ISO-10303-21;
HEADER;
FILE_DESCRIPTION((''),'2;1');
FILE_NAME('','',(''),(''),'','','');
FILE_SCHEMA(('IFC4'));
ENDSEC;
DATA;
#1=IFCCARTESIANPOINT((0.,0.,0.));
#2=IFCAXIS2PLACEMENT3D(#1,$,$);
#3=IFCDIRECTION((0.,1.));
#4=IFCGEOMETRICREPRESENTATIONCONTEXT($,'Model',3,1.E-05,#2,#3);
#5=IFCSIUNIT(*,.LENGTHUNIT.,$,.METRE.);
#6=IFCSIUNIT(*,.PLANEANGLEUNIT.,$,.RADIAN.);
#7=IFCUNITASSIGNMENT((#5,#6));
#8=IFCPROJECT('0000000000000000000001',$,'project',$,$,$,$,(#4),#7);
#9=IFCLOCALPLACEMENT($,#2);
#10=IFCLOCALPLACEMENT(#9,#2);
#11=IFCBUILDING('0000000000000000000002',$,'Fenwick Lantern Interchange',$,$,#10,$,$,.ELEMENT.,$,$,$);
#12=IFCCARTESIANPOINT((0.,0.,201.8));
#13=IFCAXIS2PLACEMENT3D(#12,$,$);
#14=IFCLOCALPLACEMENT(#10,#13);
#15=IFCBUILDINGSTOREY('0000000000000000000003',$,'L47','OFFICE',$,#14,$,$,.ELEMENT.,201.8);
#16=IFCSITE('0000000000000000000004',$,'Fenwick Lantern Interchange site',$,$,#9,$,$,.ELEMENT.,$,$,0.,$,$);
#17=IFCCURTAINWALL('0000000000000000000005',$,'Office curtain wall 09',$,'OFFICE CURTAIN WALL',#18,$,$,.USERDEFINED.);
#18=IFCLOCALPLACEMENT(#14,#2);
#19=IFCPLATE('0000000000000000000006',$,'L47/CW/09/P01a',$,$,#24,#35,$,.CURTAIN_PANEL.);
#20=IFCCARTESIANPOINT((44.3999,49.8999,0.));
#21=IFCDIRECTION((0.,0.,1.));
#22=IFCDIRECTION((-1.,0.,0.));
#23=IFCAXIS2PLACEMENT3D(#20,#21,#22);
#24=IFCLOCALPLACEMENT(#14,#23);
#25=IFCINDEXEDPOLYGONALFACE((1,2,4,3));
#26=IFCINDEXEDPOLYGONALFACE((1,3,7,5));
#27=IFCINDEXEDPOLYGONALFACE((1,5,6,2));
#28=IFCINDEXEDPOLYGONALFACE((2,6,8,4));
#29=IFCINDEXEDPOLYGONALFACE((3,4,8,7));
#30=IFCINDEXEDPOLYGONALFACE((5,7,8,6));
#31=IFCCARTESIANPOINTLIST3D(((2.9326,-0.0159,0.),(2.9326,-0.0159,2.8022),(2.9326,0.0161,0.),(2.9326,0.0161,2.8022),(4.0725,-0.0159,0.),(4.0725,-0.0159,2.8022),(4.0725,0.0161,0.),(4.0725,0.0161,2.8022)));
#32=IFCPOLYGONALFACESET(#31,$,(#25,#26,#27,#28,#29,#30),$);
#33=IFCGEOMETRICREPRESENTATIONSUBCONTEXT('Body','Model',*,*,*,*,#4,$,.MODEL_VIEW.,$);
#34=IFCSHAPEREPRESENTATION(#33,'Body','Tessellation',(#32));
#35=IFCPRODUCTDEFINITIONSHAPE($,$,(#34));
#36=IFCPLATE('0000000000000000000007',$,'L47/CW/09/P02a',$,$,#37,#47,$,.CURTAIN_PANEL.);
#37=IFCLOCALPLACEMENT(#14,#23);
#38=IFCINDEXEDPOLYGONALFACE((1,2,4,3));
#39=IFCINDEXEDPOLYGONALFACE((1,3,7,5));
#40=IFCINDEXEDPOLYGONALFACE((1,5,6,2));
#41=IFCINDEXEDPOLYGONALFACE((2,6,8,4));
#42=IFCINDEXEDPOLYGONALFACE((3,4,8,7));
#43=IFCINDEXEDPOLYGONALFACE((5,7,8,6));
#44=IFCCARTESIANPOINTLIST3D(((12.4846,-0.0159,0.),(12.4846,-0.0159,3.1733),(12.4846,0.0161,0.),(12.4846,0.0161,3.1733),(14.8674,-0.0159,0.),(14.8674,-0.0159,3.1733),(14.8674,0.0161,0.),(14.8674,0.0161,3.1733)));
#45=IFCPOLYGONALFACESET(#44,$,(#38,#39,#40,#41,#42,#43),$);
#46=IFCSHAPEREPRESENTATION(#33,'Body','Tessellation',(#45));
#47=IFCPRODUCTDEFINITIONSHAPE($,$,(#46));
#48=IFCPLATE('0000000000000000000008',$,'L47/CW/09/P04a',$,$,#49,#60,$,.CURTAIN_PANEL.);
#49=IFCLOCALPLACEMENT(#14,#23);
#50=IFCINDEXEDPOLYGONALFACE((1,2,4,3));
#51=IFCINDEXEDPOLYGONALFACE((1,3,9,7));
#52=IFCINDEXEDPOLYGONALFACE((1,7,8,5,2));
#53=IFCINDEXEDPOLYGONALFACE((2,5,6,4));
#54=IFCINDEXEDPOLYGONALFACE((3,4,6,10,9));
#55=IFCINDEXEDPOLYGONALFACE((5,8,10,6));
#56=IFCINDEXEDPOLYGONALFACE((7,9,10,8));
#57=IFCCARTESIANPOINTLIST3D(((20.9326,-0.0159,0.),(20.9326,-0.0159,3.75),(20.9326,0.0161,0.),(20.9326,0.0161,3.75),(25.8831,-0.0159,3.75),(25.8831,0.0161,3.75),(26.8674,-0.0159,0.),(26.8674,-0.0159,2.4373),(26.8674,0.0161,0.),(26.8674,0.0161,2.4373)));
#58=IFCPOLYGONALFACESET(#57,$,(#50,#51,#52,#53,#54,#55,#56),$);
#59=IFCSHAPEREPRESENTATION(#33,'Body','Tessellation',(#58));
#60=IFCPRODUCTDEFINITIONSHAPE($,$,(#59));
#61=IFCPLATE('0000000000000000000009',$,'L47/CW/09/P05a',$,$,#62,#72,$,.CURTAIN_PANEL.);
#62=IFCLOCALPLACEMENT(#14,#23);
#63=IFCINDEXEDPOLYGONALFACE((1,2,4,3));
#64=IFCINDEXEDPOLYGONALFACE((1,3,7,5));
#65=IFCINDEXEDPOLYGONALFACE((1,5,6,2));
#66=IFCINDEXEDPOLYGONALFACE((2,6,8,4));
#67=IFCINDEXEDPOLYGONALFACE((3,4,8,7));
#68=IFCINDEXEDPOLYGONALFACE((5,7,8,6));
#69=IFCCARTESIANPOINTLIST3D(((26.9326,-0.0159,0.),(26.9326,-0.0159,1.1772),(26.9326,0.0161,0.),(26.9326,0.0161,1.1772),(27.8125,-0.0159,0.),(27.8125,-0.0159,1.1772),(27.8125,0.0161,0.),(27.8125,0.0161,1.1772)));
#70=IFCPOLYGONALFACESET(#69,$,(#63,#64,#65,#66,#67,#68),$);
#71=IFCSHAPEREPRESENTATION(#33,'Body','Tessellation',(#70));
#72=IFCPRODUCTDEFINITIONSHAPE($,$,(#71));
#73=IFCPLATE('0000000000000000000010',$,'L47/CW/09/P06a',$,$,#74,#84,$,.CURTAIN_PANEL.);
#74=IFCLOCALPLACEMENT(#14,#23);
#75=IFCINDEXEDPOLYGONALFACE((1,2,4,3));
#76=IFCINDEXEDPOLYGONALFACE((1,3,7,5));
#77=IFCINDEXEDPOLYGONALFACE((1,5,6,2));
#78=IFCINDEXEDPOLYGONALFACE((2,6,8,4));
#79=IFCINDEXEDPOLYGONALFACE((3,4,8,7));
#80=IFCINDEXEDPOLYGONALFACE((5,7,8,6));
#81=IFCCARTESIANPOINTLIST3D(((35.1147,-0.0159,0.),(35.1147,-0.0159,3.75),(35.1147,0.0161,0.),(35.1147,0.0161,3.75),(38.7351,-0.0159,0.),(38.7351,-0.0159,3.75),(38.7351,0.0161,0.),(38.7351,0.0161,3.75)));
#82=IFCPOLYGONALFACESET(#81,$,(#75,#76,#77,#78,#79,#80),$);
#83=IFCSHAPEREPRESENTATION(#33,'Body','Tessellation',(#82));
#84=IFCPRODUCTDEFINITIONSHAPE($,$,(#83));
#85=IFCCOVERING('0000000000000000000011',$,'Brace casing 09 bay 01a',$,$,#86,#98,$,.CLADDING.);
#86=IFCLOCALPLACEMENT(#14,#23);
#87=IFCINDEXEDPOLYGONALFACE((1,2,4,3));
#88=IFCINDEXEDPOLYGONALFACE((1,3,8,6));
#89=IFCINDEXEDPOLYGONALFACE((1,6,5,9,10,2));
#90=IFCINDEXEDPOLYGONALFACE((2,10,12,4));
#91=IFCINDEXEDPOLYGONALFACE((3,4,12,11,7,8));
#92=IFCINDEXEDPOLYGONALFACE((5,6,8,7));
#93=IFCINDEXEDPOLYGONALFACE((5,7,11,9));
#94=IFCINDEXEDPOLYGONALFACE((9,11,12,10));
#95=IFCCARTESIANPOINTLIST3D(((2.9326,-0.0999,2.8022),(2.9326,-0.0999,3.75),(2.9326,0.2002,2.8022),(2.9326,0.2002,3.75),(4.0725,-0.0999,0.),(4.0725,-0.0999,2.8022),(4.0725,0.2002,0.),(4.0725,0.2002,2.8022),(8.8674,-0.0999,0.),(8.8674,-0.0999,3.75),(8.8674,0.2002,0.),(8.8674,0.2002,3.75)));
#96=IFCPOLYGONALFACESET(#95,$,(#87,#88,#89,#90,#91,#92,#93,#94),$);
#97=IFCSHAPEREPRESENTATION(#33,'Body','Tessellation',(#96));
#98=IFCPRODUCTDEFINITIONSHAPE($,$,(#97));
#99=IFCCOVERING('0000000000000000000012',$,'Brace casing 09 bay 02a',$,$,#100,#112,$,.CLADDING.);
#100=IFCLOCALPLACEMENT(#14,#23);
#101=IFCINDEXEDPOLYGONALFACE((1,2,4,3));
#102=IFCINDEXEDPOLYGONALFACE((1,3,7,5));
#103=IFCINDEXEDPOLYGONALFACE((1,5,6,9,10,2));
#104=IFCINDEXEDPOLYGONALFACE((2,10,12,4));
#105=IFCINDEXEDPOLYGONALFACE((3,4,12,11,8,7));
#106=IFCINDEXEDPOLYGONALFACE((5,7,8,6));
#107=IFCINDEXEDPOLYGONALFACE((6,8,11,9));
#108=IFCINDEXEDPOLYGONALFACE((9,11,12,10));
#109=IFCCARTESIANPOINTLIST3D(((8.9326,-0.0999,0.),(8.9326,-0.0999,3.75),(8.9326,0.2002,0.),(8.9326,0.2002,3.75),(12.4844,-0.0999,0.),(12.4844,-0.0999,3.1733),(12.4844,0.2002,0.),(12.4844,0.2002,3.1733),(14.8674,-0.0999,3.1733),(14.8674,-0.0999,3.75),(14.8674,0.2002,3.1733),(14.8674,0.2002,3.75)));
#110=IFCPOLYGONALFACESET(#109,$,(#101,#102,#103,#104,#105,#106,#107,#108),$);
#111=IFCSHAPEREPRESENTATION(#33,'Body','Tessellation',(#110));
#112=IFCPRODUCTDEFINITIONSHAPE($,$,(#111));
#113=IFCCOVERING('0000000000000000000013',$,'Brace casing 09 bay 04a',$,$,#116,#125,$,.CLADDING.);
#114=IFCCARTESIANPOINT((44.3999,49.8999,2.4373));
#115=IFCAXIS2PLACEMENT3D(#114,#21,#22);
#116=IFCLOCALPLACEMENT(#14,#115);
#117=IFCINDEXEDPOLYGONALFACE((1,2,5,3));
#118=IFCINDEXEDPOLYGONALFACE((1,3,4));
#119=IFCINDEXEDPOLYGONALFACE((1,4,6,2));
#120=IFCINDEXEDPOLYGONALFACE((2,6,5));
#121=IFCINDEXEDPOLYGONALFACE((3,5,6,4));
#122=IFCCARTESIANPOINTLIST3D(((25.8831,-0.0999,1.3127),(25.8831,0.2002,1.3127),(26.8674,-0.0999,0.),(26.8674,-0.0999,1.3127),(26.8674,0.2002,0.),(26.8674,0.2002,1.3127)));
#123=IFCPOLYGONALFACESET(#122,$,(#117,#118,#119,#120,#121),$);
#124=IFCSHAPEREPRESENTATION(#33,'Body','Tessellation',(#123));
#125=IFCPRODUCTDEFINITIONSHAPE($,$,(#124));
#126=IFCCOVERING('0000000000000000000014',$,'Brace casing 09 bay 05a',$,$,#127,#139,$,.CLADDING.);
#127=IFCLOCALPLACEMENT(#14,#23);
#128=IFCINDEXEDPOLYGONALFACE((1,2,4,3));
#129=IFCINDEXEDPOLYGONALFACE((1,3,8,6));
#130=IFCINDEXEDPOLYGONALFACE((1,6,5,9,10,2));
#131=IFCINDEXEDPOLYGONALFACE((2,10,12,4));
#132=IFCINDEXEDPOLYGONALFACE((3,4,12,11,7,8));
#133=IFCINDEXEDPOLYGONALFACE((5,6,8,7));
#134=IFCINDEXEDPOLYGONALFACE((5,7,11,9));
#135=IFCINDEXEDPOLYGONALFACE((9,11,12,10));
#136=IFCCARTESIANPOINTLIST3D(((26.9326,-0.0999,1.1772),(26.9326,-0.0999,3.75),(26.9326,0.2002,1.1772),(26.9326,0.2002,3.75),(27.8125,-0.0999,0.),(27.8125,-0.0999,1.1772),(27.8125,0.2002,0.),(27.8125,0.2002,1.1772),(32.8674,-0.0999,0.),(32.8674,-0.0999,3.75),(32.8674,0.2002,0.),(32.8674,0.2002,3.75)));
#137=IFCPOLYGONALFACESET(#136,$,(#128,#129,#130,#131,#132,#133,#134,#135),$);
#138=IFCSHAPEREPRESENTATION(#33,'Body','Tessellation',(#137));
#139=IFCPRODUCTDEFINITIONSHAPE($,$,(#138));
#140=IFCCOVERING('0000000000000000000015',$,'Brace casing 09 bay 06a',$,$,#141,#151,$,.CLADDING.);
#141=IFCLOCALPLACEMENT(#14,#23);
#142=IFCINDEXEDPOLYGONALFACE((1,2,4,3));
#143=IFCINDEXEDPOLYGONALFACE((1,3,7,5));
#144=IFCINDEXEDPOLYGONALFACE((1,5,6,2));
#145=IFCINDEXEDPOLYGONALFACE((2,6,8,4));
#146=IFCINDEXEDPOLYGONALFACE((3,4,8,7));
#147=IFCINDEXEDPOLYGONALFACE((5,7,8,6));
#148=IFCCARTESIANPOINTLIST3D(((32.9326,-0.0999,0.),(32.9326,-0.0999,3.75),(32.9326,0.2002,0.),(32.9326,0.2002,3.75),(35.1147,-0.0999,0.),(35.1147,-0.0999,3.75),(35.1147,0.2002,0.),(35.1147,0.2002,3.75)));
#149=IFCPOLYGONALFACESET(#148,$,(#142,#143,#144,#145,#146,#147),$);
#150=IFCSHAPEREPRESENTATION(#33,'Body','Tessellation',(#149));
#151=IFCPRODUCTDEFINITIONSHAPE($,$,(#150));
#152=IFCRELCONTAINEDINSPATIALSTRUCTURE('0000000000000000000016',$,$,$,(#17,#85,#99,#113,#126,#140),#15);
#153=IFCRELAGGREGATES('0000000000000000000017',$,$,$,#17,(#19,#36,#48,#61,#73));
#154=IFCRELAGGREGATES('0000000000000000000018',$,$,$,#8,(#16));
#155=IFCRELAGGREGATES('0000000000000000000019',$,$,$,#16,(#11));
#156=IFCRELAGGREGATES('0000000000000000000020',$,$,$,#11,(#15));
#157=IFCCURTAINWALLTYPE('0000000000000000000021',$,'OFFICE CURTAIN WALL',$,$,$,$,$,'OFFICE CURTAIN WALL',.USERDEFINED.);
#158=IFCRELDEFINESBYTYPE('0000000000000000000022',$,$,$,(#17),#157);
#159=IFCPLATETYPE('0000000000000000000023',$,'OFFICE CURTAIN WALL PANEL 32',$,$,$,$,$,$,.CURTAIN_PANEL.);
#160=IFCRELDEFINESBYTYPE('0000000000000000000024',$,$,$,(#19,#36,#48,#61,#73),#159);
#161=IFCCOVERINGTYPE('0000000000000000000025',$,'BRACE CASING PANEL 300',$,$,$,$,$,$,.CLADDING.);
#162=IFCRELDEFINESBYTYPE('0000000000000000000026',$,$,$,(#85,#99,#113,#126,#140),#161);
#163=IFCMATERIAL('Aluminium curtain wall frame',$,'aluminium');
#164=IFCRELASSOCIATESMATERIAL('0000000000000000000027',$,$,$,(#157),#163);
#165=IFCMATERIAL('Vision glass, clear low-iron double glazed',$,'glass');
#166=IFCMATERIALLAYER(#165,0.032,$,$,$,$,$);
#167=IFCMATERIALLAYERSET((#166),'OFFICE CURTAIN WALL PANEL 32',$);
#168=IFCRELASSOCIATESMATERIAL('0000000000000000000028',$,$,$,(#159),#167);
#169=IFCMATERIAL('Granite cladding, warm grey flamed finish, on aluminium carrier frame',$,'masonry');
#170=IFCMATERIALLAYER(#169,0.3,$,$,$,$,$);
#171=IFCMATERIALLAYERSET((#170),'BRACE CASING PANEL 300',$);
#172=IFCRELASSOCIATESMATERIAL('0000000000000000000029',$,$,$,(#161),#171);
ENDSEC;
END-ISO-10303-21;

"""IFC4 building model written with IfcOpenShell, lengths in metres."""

from ifc_helpers import new_model, si_unit, direction, frame, origin, place, context, subcontext, project, spatial, polyline, outline, extrude, material, layer, layer_set, type_object, element, aggregate, save


model = new_model("IFC4")

# Units and contexts
model_context = context("Model", 3, precision=1e-05, world=origin(), true_north=direction((0.0, 1.0)))
body_context = subcontext(model_context, "Body", "Model", "MODEL_VIEW")
ifc_project = project(units=[si_unit("LENGTHUNIT", "METRE"), si_unit("PLANEANGLEUNIT", "RADIAN")], contexts=[model_context])

# Site, building, storey
site_placement = place(None, origin())
site = spatial("IfcSite", under=ifc_project, at=site_placement, Name="Fenwick Lantern Interchange site", CompositionType="ELEMENT", RefElevation=0.0)
building_placement = place(site_placement, origin())
building = spatial("IfcBuilding", under=site, at=building_placement, Name="Fenwick Lantern Interchange", CompositionType="ELEMENT")
storey_placement = place(building_placement, frame((0.0, 0.0, 201.8)))
storey = spatial("IfcBuildingStorey", under=building, at=storey_placement, Name="L47", Description="OFFICE", CompositionType="ELEMENT", Elevation=201.8)

# Shared definitions
ifc_material_1 = material(Name="Aluminium curtain wall frame", Category="aluminium")
curtain_wall_type = type_object("IfcCurtainWallType", Name="OFFICE CURTAIN WALL", ElementType="OFFICE CURTAIN WALL", PredefinedType="USERDEFINED", material=ifc_material_1)

# Curtain wall
curtain_wall_1_placement = place(storey_placement, origin())
curtain_wall_1 = element("IfcCurtainWall", 1, at=curtain_wall_1_placement, inside=storey, type_object=curtain_wall_type, Name="Office curtain wall 09", ObjectType="OFFICE CURTAIN WALL", PredefinedType="USERDEFINED")

# Plates
ifc_material_2 = material(Name="Vision glass, clear low-iron double glazed", Category="glass")
ifc_layer_1 = layer(ifc_material_2, 0.032)
ifc_layer_set_1 = layer_set([ifc_layer_1], Name="OFFICE CURTAIN WALL PANEL 32")
plate_type = type_object("IfcPlateType", Name="OFFICE CURTAIN WALL PANEL 32", PredefinedType="CURTAIN_PANEL", material=ifc_layer_set_1)
plate_1_placement = place(storey_placement, frame((44.3999, 49.8999, 0.0), z_axis=(0.0, 0.0, 1.0), x_axis=(-1.0, 0.0, 0.0)))
plate_1 = element("IfcPlate", 2, at=plate_1_placement, type_object=plate_type, Name="L47/CW/09/P01a", PredefinedType="CURTAIN_PANEL", context=body_context, shape_type="SweptSolid", body=[
    extrude(outline(polyline([(2.9326, 0.0), (4.0725, 0.0), (4.0725, 2.8022), (2.9326, 2.8022), (2.9326, 0.0)])), frame((0.0, 0.0161, 0.0), z_axis=(0.0, -1.0, 0.0), x_axis=(1.0, 0.0, 0.0)), (0.0, 0.0, 1.0), 0.032),
])
plate_2_placement = place(storey_placement, frame((44.3999, 49.8999, 0.0), z_axis=(0.0, 0.0, 1.0), x_axis=(-1.0, 0.0, 0.0)))
plate_2 = element("IfcPlate", 3, at=plate_2_placement, type_object=plate_type, Name="L47/CW/09/P02a", PredefinedType="CURTAIN_PANEL", context=body_context, shape_type="SweptSolid", body=[
    extrude(outline(polyline([(12.4846, 0.0), (14.8674, 0.0), (14.8674, 3.1733), (12.4846, 3.1733), (12.4846, 0.0)])), frame((0.0, 0.0161, 0.0), z_axis=(0.0, -1.0, 0.0), x_axis=(1.0, 0.0, 0.0)), (0.0, 0.0, 1.0), 0.032),
])
plate_3_placement = place(storey_placement, frame((44.3999, 49.8999, 0.0), z_axis=(0.0, 0.0, 1.0), x_axis=(-1.0, 0.0, 0.0)))
plate_3 = element("IfcPlate", 4, at=plate_3_placement, type_object=plate_type, Name="L47/CW/09/P04a", PredefinedType="CURTAIN_PANEL", context=body_context, shape_type="SweptSolid", body=[
    extrude(outline(polyline([(20.9326, 0.0), (26.8674, 0.0), (26.8674, 2.4373), (25.8831, 3.75), (20.9326, 3.75), (20.9326, 0.0)])), frame((0.0, 0.0161, 0.0), z_axis=(0.0, -1.0, 0.0), x_axis=(1.0, 0.0, 0.0)), (0.0, 0.0, 1.0), 0.032),
])
plate_4_placement = place(storey_placement, frame((44.3999, 49.8999, 0.0), z_axis=(0.0, 0.0, 1.0), x_axis=(-1.0, 0.0, 0.0)))
plate_4 = element("IfcPlate", 5, at=plate_4_placement, type_object=plate_type, Name="L47/CW/09/P05a", PredefinedType="CURTAIN_PANEL", context=body_context, shape_type="SweptSolid", body=[
    extrude(outline(polyline([(26.9326, 0.0), (27.8125, 0.0), (27.8125, 1.1772), (26.9326, 1.1772), (26.9326, 0.0)])), frame((0.0, 0.0161, 0.0), z_axis=(0.0, -1.0, 0.0), x_axis=(1.0, 0.0, 0.0)), (0.0, 0.0, 1.0), 0.032),
])
plate_5_placement = place(storey_placement, frame((44.3999, 49.8999, 0.0), z_axis=(0.0, 0.0, 1.0), x_axis=(-1.0, 0.0, 0.0)))
plate_5 = element("IfcPlate", 6, at=plate_5_placement, type_object=plate_type, Name="L47/CW/09/P06a", PredefinedType="CURTAIN_PANEL", context=body_context, shape_type="SweptSolid", body=[
    extrude(outline(polyline([(35.1147, 0.0), (38.7351, 0.0), (38.7351, 3.75), (35.1147, 3.75), (35.1147, 0.0)])), frame((0.0, 0.0161, 0.0), z_axis=(0.0, -1.0, 0.0), x_axis=(1.0, 0.0, 0.0)), (0.0, 0.0, 1.0), 0.032),
])
aggregate(curtain_wall_1, [plate_1, plate_2, plate_3, plate_4, plate_5])

# Coverings
ifc_material_3 = material(Name="Granite cladding, warm grey flamed finish, on aluminium carrier frame", Category="masonry")
ifc_layer_2 = layer(ifc_material_3, 0.3)
ifc_layer_set_2 = layer_set([ifc_layer_2], Name="BRACE CASING PANEL 300")
covering_type = type_object("IfcCoveringType", Name="BRACE CASING PANEL 300", PredefinedType="CLADDING", material=ifc_layer_set_2)
covering_1_placement = place(storey_placement, frame((44.3999, 49.8999, 0.0), z_axis=(0.0, 0.0, 1.0), x_axis=(-1.0, 0.0, 0.0)))
element("IfcCovering", 7, at=covering_1_placement, inside=storey, type_object=covering_type, Name="Brace casing 09 bay 01a", PredefinedType="CLADDING", context=body_context, shape_type="SweptSolid", body=[
    extrude(outline(polyline([(4.0725, 0.0), (8.8674, 0.0), (8.8674, 3.75), (2.9326, 3.75), (2.9326, 2.8022), (4.0725, 2.8022), (4.0725, 0.0)])), frame((0.0, 0.2002, 0.0), z_axis=(0.0, -1.0, 0.0), x_axis=(1.0, 0.0, 0.0)), (0.0, 0.0, 1.0), 0.3),
])
covering_2_placement = place(storey_placement, frame((44.3999, 49.8999, 0.0), z_axis=(0.0, 0.0, 1.0), x_axis=(-1.0, 0.0, 0.0)))
element("IfcCovering", 8, at=covering_2_placement, inside=storey, type_object=covering_type, Name="Brace casing 09 bay 02a", PredefinedType="CLADDING", context=body_context, shape_type="SweptSolid", body=[
    extrude(outline(polyline([(8.9326, 0.0), (12.4844, 0.0), (12.4844, 3.1733), (14.8674, 3.1733), (14.8674, 3.75), (8.9326, 3.75), (8.9326, 0.0)])), frame((0.0, 0.2002, 0.0), z_axis=(0.0, -1.0, 0.0), x_axis=(1.0, 0.0, 0.0)), (0.0, 0.0, 1.0), 0.3),
])
covering_3_placement = place(storey_placement, frame((44.3999, 49.8999, 2.4373), z_axis=(0.0, 0.0, 1.0), x_axis=(-1.0, 0.0, 0.0)))
element("IfcCovering", 9, at=covering_3_placement, inside=storey, type_object=covering_type, Name="Brace casing 09 bay 04a", PredefinedType="CLADDING", context=body_context, shape_type="SweptSolid", body=[
    extrude(outline(polyline([(26.8674, 0.0), (26.8674, 1.3127), (25.8831, 1.3127), (26.8674, 0.0)])), frame((0.0, 0.2002, 0.0), z_axis=(0.0, -1.0, 0.0), x_axis=(1.0, 0.0, 0.0)), (0.0, 0.0, 1.0), 0.3),
])
covering_4_placement = place(storey_placement, frame((44.3999, 49.8999, 0.0), z_axis=(0.0, 0.0, 1.0), x_axis=(-1.0, 0.0, 0.0)))
element("IfcCovering", 10, at=covering_4_placement, inside=storey, type_object=covering_type, Name="Brace casing 09 bay 05a", PredefinedType="CLADDING", context=body_context, shape_type="SweptSolid", body=[
    extrude(outline(polyline([(27.8125, 0.0), (32.8674, 0.0), (32.8674, 3.75), (26.9326, 3.75), (26.9326, 1.1772), (27.8125, 1.1772), (27.8125, 0.0)])), frame((0.0, 0.2002, 0.0), z_axis=(0.0, -1.0, 0.0), x_axis=(1.0, 0.0, 0.0)), (0.0, 0.0, 1.0), 0.3),
])
covering_5_placement = place(storey_placement, frame((44.3999, 49.8999, 0.0), z_axis=(0.0, 0.0, 1.0), x_axis=(-1.0, 0.0, 0.0)))
element("IfcCovering", 11, at=covering_5_placement, inside=storey, type_object=covering_type, Name="Brace casing 09 bay 06a", PredefinedType="CLADDING", context=body_context, shape_type="SweptSolid", body=[
    extrude(outline(polyline([(32.9326, 0.0), (35.1147, 0.0), (35.1147, 3.75), (32.9326, 3.75), (32.9326, 0.0)])), frame((0.0, 0.2002, 0.0), z_axis=(0.0, -1.0, 0.0), x_axis=(1.0, 0.0, 0.0)), (0.0, 0.0, 1.0), 0.3),
])

save(model, "model.ifc")
